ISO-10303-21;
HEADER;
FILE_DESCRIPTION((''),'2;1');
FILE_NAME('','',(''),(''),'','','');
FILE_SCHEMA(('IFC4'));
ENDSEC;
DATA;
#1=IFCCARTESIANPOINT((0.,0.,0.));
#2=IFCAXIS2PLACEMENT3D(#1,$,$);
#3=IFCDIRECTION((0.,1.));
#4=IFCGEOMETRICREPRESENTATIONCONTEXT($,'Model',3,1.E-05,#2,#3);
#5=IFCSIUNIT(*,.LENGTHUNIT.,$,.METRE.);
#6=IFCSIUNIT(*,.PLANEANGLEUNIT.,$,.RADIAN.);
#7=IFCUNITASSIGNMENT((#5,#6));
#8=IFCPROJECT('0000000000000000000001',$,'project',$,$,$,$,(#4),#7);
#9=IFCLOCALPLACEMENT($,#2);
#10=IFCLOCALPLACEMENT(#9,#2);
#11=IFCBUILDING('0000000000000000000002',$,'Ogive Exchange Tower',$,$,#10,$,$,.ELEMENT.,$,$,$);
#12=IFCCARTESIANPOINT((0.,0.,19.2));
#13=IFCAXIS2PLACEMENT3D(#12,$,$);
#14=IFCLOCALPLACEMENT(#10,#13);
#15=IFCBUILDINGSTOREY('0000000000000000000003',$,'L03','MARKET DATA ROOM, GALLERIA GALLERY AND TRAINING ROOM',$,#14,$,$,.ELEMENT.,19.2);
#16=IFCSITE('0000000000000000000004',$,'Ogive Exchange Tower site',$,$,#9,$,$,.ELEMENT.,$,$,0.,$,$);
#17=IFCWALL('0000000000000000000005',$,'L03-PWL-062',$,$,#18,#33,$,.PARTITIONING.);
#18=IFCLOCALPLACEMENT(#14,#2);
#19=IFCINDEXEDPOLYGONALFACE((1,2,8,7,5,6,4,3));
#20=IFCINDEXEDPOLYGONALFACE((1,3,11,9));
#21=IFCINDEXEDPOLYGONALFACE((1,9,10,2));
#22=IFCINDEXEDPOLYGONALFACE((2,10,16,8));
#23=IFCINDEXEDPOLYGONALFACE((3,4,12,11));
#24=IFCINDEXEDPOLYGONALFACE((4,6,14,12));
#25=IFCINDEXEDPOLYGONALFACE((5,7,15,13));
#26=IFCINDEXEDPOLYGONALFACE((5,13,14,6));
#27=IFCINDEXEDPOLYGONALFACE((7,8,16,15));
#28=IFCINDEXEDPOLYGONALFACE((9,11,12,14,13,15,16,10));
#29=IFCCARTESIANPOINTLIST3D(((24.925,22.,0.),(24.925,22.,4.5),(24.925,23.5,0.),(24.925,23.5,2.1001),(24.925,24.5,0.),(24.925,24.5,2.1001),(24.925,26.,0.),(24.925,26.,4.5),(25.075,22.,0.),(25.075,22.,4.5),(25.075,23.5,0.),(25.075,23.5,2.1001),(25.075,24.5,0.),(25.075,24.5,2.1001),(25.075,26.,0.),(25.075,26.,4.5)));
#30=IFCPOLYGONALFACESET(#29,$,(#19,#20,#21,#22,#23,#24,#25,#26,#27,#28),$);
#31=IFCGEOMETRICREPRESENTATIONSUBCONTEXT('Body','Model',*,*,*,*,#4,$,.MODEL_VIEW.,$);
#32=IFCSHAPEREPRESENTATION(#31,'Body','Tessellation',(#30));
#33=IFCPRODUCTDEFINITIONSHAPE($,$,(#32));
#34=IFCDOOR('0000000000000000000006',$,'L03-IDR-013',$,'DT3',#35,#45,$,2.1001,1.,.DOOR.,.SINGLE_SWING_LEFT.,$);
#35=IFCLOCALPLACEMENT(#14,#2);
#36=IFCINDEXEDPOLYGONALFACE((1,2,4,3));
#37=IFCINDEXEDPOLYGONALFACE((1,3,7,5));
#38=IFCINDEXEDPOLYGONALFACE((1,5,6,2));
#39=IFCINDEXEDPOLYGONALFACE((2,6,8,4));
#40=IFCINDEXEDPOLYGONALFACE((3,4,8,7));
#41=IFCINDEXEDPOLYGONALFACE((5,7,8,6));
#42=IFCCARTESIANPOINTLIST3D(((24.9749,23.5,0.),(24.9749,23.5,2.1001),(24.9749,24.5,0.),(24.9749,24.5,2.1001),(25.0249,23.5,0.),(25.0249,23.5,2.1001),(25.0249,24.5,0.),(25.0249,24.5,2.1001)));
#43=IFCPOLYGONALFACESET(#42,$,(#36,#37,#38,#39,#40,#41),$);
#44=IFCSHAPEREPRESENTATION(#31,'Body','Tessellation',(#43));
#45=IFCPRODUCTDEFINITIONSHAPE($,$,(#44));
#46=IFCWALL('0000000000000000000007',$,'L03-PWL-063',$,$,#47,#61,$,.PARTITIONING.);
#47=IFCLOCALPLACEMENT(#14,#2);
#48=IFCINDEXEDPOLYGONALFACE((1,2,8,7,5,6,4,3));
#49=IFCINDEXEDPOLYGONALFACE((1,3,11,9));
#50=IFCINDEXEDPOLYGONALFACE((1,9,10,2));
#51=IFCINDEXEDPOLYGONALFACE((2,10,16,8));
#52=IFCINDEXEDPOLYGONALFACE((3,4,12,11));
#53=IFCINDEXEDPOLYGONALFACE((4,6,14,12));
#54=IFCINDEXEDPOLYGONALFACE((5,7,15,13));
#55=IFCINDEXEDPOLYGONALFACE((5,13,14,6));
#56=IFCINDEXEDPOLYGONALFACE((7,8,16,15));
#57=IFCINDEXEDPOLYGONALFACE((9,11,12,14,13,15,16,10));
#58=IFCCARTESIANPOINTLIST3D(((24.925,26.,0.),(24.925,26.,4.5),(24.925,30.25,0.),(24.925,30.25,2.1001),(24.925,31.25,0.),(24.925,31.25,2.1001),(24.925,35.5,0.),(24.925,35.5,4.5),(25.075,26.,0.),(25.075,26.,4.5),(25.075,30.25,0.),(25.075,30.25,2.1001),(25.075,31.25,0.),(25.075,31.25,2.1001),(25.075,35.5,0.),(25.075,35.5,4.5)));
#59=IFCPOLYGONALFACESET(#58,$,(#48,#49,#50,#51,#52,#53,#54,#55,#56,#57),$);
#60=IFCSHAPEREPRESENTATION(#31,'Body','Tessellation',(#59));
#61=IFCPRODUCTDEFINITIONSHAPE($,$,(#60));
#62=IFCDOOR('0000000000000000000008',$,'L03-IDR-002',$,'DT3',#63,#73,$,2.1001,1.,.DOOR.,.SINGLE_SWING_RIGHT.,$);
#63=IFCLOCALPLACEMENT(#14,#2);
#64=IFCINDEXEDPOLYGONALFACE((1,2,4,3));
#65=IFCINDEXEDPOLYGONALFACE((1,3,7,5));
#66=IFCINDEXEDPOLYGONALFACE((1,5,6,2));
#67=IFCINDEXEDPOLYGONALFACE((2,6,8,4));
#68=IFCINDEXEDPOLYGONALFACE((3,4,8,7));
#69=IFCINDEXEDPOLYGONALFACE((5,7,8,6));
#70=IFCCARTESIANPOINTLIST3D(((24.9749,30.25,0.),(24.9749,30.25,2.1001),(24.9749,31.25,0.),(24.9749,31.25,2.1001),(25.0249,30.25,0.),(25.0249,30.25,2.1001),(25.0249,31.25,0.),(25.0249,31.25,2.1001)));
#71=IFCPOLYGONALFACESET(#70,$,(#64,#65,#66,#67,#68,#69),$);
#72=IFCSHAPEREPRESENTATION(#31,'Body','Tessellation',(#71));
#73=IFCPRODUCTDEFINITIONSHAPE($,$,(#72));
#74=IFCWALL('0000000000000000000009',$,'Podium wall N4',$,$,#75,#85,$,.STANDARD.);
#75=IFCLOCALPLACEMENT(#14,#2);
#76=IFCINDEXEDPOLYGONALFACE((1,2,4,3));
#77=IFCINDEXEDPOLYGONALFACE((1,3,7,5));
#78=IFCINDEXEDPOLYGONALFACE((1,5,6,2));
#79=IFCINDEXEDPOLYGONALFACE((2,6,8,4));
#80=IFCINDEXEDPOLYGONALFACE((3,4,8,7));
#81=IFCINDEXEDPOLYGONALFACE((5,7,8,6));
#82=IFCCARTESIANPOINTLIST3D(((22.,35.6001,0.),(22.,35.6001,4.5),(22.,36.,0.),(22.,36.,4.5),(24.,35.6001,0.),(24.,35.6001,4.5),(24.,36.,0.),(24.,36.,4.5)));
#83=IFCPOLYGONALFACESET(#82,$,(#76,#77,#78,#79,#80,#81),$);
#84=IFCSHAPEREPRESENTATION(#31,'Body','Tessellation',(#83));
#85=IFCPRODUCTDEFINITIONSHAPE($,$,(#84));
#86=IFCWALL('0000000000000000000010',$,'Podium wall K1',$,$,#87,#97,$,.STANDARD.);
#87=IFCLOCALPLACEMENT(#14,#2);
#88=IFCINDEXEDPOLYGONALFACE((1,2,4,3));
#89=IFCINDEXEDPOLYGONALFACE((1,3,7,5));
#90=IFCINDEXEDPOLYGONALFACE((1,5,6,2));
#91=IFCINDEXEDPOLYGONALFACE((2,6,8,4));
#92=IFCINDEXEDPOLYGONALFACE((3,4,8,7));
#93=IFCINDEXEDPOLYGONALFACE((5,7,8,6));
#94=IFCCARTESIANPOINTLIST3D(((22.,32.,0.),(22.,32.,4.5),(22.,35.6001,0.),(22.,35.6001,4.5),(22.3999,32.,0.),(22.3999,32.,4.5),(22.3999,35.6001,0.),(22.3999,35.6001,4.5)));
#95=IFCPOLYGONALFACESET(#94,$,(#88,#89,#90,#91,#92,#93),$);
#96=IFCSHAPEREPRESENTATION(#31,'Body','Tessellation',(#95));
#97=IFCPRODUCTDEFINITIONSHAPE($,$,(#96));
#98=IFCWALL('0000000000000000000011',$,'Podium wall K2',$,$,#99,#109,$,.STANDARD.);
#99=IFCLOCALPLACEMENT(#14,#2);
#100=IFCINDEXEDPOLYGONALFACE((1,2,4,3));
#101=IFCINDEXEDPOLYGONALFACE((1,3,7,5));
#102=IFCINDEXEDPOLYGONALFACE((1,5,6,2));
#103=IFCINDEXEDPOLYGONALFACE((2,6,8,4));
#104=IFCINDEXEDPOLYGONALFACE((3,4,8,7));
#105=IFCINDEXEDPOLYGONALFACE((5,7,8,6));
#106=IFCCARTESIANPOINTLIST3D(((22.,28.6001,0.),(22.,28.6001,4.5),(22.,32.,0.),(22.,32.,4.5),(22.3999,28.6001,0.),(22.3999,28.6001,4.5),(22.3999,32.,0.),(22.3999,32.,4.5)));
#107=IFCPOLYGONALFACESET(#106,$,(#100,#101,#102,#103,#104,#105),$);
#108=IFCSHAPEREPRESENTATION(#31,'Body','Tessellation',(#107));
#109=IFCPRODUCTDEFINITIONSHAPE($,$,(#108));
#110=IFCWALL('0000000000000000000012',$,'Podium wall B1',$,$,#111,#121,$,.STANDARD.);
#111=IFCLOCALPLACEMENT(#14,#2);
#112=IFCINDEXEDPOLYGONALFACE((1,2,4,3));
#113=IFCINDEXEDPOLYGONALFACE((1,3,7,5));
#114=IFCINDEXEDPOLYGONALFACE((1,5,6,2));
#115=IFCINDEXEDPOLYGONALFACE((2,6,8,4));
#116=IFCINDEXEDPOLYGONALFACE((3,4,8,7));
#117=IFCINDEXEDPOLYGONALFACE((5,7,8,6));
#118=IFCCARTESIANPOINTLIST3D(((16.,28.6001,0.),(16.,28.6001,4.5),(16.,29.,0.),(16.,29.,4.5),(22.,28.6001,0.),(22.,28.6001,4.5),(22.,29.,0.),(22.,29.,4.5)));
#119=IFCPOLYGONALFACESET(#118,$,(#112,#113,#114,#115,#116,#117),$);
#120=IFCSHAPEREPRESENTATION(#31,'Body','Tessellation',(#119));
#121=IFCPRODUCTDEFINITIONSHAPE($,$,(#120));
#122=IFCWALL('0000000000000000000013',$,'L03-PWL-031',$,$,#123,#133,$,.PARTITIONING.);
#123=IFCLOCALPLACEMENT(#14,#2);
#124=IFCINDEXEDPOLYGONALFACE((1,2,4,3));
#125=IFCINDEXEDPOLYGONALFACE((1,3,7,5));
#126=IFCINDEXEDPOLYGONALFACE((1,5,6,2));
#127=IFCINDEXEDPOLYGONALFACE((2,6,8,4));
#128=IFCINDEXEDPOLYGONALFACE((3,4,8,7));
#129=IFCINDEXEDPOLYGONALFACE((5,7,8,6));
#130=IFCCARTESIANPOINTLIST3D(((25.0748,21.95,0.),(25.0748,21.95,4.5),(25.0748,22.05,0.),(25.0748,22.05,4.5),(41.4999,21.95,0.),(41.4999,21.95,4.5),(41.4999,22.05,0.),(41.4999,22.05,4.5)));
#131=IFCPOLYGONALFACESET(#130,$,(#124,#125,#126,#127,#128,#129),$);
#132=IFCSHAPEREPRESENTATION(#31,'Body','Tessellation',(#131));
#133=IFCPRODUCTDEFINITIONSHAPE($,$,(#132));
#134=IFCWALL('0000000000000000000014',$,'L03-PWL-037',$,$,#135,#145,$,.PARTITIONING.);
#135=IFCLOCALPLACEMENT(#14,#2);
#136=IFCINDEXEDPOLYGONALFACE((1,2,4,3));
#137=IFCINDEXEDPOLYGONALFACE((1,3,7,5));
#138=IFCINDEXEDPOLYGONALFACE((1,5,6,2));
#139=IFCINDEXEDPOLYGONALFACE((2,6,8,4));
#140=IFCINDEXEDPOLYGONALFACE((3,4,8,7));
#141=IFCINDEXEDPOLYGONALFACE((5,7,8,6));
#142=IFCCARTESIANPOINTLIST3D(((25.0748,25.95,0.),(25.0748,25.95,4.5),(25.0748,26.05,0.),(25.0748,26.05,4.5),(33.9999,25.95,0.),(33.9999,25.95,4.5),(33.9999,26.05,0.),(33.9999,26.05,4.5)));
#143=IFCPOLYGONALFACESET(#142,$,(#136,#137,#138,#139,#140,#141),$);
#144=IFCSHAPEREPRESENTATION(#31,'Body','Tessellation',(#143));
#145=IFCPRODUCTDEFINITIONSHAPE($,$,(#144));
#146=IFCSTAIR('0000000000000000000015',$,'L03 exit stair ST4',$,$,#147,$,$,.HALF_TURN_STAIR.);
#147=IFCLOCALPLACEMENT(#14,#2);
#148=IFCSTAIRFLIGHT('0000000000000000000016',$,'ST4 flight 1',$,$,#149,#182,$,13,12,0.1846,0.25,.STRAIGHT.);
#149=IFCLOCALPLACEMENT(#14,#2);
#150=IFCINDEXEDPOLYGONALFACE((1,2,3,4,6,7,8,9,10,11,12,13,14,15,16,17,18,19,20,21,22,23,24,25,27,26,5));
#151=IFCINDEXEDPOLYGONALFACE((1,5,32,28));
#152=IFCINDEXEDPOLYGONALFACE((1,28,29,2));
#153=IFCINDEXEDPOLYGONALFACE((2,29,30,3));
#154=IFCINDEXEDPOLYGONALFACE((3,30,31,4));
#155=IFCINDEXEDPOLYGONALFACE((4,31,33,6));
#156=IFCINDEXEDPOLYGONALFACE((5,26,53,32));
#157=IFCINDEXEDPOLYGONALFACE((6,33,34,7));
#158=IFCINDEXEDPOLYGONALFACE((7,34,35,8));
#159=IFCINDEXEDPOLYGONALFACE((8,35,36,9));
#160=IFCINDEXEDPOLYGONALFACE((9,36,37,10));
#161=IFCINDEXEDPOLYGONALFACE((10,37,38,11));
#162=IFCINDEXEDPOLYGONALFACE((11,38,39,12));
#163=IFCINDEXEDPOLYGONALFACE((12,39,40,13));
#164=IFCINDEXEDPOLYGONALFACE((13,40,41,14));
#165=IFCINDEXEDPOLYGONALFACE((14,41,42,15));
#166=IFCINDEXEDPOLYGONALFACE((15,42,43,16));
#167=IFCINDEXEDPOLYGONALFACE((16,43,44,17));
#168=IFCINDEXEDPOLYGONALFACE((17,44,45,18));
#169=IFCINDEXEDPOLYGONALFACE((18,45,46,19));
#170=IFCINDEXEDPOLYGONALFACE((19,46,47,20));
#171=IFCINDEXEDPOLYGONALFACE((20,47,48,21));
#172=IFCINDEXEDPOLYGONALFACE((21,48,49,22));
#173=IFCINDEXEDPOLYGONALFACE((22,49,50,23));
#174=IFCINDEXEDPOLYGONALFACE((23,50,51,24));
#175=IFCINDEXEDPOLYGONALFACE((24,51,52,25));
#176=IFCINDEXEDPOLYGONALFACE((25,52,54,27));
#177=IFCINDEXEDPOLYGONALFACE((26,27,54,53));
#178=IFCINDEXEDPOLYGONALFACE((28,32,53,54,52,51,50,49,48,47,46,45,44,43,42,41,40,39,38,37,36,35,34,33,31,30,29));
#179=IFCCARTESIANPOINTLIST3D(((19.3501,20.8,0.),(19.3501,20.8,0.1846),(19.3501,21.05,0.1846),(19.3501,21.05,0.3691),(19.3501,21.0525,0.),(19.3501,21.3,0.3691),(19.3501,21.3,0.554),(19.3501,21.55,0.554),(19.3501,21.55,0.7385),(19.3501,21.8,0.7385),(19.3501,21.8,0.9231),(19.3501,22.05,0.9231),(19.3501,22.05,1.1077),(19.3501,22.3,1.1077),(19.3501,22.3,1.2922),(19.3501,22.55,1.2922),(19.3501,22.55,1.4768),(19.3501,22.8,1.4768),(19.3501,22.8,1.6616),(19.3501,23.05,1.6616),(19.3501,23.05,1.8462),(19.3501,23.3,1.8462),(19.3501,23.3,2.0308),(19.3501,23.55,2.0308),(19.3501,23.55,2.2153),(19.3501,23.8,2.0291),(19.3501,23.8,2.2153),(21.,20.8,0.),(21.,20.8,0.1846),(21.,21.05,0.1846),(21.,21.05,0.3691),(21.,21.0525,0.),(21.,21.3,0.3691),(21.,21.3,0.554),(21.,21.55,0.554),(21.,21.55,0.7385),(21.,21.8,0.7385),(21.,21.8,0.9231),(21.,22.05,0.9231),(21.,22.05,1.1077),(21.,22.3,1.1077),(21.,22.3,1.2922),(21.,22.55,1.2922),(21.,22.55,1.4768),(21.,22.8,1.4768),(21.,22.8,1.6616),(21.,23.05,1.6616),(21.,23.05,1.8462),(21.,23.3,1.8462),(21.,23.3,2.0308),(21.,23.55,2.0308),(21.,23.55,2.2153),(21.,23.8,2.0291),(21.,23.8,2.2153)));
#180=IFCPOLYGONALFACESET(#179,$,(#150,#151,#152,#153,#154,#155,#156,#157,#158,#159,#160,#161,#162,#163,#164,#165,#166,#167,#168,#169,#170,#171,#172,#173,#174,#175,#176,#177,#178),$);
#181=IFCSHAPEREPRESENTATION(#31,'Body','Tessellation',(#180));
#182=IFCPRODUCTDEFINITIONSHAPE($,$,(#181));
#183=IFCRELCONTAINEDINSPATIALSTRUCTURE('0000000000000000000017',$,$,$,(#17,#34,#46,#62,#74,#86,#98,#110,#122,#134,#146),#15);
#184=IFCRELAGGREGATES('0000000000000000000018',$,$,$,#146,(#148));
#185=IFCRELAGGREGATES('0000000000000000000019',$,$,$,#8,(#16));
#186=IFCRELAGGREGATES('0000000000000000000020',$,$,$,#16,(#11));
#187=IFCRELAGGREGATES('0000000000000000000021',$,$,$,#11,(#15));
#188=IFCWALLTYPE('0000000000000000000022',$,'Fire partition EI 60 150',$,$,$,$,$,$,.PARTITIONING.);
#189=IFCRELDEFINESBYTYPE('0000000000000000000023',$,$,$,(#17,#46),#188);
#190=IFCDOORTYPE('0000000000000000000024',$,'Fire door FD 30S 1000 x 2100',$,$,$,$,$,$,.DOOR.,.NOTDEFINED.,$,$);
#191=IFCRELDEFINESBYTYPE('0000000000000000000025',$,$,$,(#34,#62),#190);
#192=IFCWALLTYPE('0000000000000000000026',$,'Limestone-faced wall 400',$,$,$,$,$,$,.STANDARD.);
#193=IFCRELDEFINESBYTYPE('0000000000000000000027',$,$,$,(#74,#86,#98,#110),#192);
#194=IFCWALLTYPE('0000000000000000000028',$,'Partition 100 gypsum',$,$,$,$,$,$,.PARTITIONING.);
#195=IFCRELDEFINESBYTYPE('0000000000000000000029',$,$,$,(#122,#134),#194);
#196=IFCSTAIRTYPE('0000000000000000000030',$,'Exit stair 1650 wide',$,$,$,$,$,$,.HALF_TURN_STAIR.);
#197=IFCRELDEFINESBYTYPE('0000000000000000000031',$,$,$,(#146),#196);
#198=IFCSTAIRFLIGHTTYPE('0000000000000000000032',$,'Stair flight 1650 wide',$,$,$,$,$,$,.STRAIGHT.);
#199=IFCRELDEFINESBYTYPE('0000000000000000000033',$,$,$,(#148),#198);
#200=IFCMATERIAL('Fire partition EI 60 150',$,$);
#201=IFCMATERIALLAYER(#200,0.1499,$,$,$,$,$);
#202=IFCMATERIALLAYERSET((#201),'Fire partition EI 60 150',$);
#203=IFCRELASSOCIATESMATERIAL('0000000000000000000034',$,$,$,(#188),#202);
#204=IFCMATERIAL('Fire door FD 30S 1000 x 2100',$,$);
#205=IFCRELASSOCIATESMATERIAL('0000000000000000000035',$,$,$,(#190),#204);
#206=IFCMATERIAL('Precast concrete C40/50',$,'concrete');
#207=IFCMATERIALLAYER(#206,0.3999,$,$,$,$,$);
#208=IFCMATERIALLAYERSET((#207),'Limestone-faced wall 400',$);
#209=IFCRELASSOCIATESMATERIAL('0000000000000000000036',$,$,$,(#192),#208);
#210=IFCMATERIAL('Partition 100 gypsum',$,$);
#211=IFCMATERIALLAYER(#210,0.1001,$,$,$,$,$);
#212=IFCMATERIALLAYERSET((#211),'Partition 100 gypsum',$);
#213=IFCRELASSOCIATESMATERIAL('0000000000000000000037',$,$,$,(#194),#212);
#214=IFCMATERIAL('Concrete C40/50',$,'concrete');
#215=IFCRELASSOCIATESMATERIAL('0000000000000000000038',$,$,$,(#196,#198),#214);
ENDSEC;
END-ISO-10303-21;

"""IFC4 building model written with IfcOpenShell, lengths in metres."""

from ifc_helpers import new_model, si_unit, direction, frame, frame_2d, origin, place, context, subcontext, project, spatial, polyline, rectangle, outline, extrude, material, layer, layer_set, type_object, element, fill, aggregate, save


model = new_model("IFC4")

# Units and contexts
model_context = context("Model", 3, precision=1e-05, world=origin(), true_north=direction((0.0, 1.0)))
body_context = subcontext(model_context, "Body", "Model", "MODEL_VIEW")
ifc_project = project(units=[si_unit("LENGTHUNIT", "METRE"), si_unit("PLANEANGLEUNIT", "RADIAN")], contexts=[model_context])

# Site, building, storey
site_placement = place(None, origin())
site = spatial("IfcSite", under=ifc_project, at=site_placement, Name="Ogive Exchange Tower site", CompositionType="ELEMENT", RefElevation=0.0)
building_placement = place(site_placement, origin())
building = spatial("IfcBuilding", under=site, at=building_placement, Name="Ogive Exchange Tower", CompositionType="ELEMENT")
storey_placement = place(building_placement, frame((0.0, 0.0, 19.2)))
storey = spatial("IfcBuildingStorey", under=building, at=storey_placement, Name="L03", Description="MARKET DATA ROOM, GALLERIA GALLERY AND TRAINING ROOM", CompositionType="ELEMENT", Elevation=19.2)

# Walls, openings, doors
ifc_material_1 = material(Name="Fire partition EI 60 150")
ifc_layer_1 = layer(ifc_material_1, 0.1499)
ifc_layer_set_1 = layer_set([ifc_layer_1], Name="Fire partition EI 60 150")
wall_type_1 = type_object("IfcWallType", Name="Fire partition EI 60 150", PredefinedType="PARTITIONING", material=ifc_layer_set_1)
wall_1_placement = place(storey_placement, frame((25.0, 22.0, 0.0), z_axis=(0.0, 0.0, 1.0), x_axis=(0.0, 1.0, 0.0)))
wall_1 = element("IfcWall", 1, at=wall_1_placement, inside=storey, type_object=wall_type_1, Name="L03-PWL-062", PredefinedType="PARTITIONING", context=body_context, shape_type="SweptSolid", body=[
    extrude(rectangle(XDim=4.0, YDim=0.1499, at=frame_2d((2.0, 0.0))), origin(), (0.0, 0.0, 1.0), 4.5),
])
opening_1_placement = place(wall_1_placement, frame((1.5, 0.0, 0.0)))
opening_1 = element("IfcOpeningElement", 2, at=opening_1_placement, cuts=wall_1, PredefinedType="OPENING", context=body_context, shape_type="SweptSolid", body=[
    extrude(rectangle(XDim=1.0, YDim=2.1001, at=frame_2d((0.5, 1.05))), frame((0.0, 0.085, 0.0), z_axis=(0.0, -1.0, 0.0), x_axis=(1.0, 0.0, 0.0)), (0.0, 0.0, 1.0), 0.1699),
])
ifc_material_2 = material(Name="Fire door FD 30S 1000 x 2100")
door_type = type_object("IfcDoorType", Name="Fire door FD 30S 1000 x 2100", OperationType="NOTDEFINED", PredefinedType="DOOR", material=ifc_material_2)
door_1_placement = place(opening_1_placement, frame((1.0, 0.0, 0.0), z_axis=(0.0, 0.0, 1.0), x_axis=(-1.0, 0.0, 0.0)))
door_1 = element("IfcDoor", 3, at=door_1_placement, inside=storey, type_object=door_type, Name="L03-IDR-013", ObjectType="DT3", OperationType="SINGLE_SWING_LEFT", OverallHeight=2.1001, OverallWidth=1.0, PredefinedType="DOOR", context=body_context, shape_type="SweptSolid", body=[
    extrude(rectangle(XDim=1.0, YDim=2.1001, at=frame_2d((0.5, 1.05))), frame((0.0, 0.0249, 0.0), z_axis=(0.0, -1.0, 0.0), x_axis=(1.0, 0.0, 0.0)), (0.0, 0.0, 1.0), 0.05),
])
fill(opening_1, door_1)
wall_2_placement = place(storey_placement, frame((25.0, 26.0, 0.0), z_axis=(0.0, 0.0, 1.0), x_axis=(0.0, 1.0, 0.0)))
wall_2 = element("IfcWall", 4, at=wall_2_placement, inside=storey, type_object=wall_type_1, Name="L03-PWL-063", PredefinedType="PARTITIONING", context=body_context, shape_type="SweptSolid", body=[
    extrude(rectangle(XDim=9.5, YDim=0.1499, at=frame_2d((4.75, 0.0))), origin(), (0.0, 0.0, 1.0), 4.5),
])
opening_2_placement = place(wall_2_placement, frame((4.25, 0.0, 0.0)))
opening_2 = element("IfcOpeningElement", 5, at=opening_2_placement, cuts=wall_2, PredefinedType="OPENING", context=body_context, shape_type="SweptSolid", body=[
    extrude(rectangle(XDim=1.0, YDim=2.1001, at=frame_2d((0.5, 1.05))), frame((0.0, 0.085, 0.0), z_axis=(0.0, -1.0, 0.0), x_axis=(1.0, 0.0, 0.0)), (0.0, 0.0, 1.0), 0.1699),
])
door_2_placement = place(opening_2_placement, frame((1.0, 0.0, 0.0), z_axis=(0.0, 0.0, 1.0), x_axis=(-1.0, 0.0, 0.0)))
door_2 = element("IfcDoor", 6, at=door_2_placement, inside=storey, type_object=door_type, Name="L03-IDR-002", ObjectType="DT3", OperationType="SINGLE_SWING_RIGHT", OverallHeight=2.1001, OverallWidth=1.0, PredefinedType="DOOR", context=body_context, shape_type="SweptSolid", body=[
    extrude(rectangle(XDim=1.0, YDim=2.1001, at=frame_2d((0.5, 1.05))), frame((0.0, 0.0249, 0.0), z_axis=(0.0, -1.0, 0.0), x_axis=(1.0, 0.0, 0.0)), (0.0, 0.0, 1.0), 0.05),
])
fill(opening_2, door_2)

# Walls
ifc_material_3 = material(Name="Precast concrete C40/50", Category="concrete")
ifc_layer_2 = layer(ifc_material_3, 0.3999)
ifc_layer_set_2 = layer_set([ifc_layer_2], Name="Limestone-faced wall 400")
wall_type_2 = type_object("IfcWallType", Name="Limestone-faced wall 400", PredefinedType="STANDARD", material=ifc_layer_set_2)
wall_3_placement = place(storey_placement, frame((24.0, 35.8, 0.0), z_axis=(0.0, 0.0, 1.0), x_axis=(-1.0, 0.0, 0.0)))
element("IfcWall", 7, at=wall_3_placement, inside=storey, type_object=wall_type_2, Name="Podium wall N4", PredefinedType="STANDARD", context=body_context, shape_type="SweptSolid", body=[
    extrude(rectangle(XDim=2.0, YDim=0.3999, at=frame_2d((1.0, 0.0))), origin(), (0.0, 0.0, 1.0), 4.5),
])
wall_4_placement = place(storey_placement, frame((22.2, 35.6001, 0.0), z_axis=(0.0, 0.0, 1.0), x_axis=(0.0, -1.0, 0.0)))
element("IfcWall", 8, at=wall_4_placement, inside=storey, type_object=wall_type_2, Name="Podium wall K1", PredefinedType="STANDARD", context=body_context, shape_type="SweptSolid", body=[
    extrude(rectangle(XDim=3.6001, YDim=0.3999, at=frame_2d((1.8, 0.0))), origin(), (0.0, 0.0, 1.0), 4.5),
])
wall_5_placement = place(storey_placement, frame((22.2, 32.0, 0.0), z_axis=(0.0, 0.0, 1.0), x_axis=(0.0, -1.0, 0.0)))
element("IfcWall", 9, at=wall_5_placement, inside=storey, type_object=wall_type_2, Name="Podium wall K2", PredefinedType="STANDARD", context=body_context, shape_type="SweptSolid", body=[
    extrude(rectangle(XDim=3.3999, YDim=0.3999, at=frame_2d((1.7, 0.0))), origin(), (0.0, 0.0, 1.0), 4.5),
])
wall_6_placement = place(storey_placement, frame((22.0, 28.8, 0.0), z_axis=(0.0, 0.0, 1.0), x_axis=(-1.0, 0.0, 0.0)))
element("IfcWall", 10, at=wall_6_placement, inside=storey, type_object=wall_type_2, Name="Podium wall B1", PredefinedType="STANDARD", context=body_context, shape_type="SweptSolid", body=[
    extrude(rectangle(XDim=6.0, YDim=0.3999, at=frame_2d((3.0, 0.0))), origin(), (0.0, 0.0, 1.0), 4.5),
])
ifc_material_4 = material(Name="Partition 100 gypsum")
ifc_layer_3 = layer(ifc_material_4, 0.1001)
ifc_layer_set_3 = layer_set([ifc_layer_3], Name="Partition 100 gypsum")
wall_type_3 = type_object("IfcWallType", Name="Partition 100 gypsum", PredefinedType="PARTITIONING", material=ifc_layer_set_3)
wall_7_placement = place(storey_placement, frame((25.075, 22.0, 0.0), z_axis=(0.0, 0.0, 1.0), x_axis=(1.0, 0.0, 0.0)))
element("IfcWall", 11, at=wall_7_placement, inside=storey, type_object=wall_type_3, Name="L03-PWL-031", PredefinedType="PARTITIONING", context=body_context, shape_type="SweptSolid", body=[
    extrude(rectangle(XDim=16.425, YDim=0.1001, at=frame_2d((8.2124, 0.0))), origin(), (0.0, 0.0, 1.0), 4.5),
])
wall_8_placement = place(storey_placement, frame((25.075, 26.0, 0.0), z_axis=(0.0, 0.0, 1.0), x_axis=(1.0, 0.0, 0.0)))
element("IfcWall", 12, at=wall_8_placement, inside=storey, type_object=wall_type_3, Name="L03-PWL-037", PredefinedType="PARTITIONING", context=body_context, shape_type="SweptSolid", body=[
    extrude(rectangle(XDim=8.925, YDim=0.1001, at=frame_2d((4.4624, 0.0))), origin(), (0.0, 0.0, 1.0), 4.5),
])

# Stair, stair flight
ifc_material_5 = material(Name="Concrete C40/50", Category="concrete")
stair_type = type_object("IfcStairType", Name="Exit stair 1650 wide", PredefinedType="HALF_TURN_STAIR", material=ifc_material_5)
stair_placement = place(storey_placement, origin())
stair = element("IfcStair", 13, at=stair_placement, inside=storey, type_object=stair_type, Name="L03 exit stair ST4", PredefinedType="HALF_TURN_STAIR")
stair_flight_type = type_object("IfcStairFlightType", Name="Stair flight 1650 wide", PredefinedType="STRAIGHT", material=ifc_material_5)
stair_flight_placement = place(storey_placement, frame((20.175, 20.8, 0.0), z_axis=(0.0, 0.0, 1.0), x_axis=(0.0, 1.0, 0.0)))
stair_flight = element("IfcStairFlight", 14, at=stair_flight_placement, type_object=stair_flight_type, Name="ST4 flight 1", NumberOfRisers=13, NumberOfTreads=12, PredefinedType="STRAIGHT", RiserHeight=0.1846, TreadLength=0.25, context=body_context, shape_type="SweptSolid", body=[
    extrude(outline(polyline([(0.0, 0.0), (0.0, 0.1846), (0.25, 0.1846), (0.25, 0.3691), (0.5, 0.3691), (0.5, 0.554), (0.75, 0.554), (0.75, 0.7385), (1.0, 0.7385), (1.0, 0.9231), (1.25, 0.9231), (1.25, 1.1077), (1.5, 1.1077), (1.5, 1.2922), (1.75, 1.2922), (1.75, 1.4768), (2.0, 1.4768), (2.0, 1.6616), (2.25, 1.6616), (2.25, 1.8462), (2.5, 1.8462), (2.5, 2.0308), (2.75, 2.0308), (2.75, 2.2153), (3.0, 2.2153), (3.0, 2.3999), (3.0, 2.0291), (0.2524, 0.0), (0.0, 0.0)])), frame((0.0, 0.825, 0.0), z_axis=(0.0, -1.0, 0.0), x_axis=(1.0, 0.0, 0.0)), (0.0, 0.0, 1.0), 1.6499),
])
aggregate(stair, [stair_flight])

save(model, "model.ifc")
